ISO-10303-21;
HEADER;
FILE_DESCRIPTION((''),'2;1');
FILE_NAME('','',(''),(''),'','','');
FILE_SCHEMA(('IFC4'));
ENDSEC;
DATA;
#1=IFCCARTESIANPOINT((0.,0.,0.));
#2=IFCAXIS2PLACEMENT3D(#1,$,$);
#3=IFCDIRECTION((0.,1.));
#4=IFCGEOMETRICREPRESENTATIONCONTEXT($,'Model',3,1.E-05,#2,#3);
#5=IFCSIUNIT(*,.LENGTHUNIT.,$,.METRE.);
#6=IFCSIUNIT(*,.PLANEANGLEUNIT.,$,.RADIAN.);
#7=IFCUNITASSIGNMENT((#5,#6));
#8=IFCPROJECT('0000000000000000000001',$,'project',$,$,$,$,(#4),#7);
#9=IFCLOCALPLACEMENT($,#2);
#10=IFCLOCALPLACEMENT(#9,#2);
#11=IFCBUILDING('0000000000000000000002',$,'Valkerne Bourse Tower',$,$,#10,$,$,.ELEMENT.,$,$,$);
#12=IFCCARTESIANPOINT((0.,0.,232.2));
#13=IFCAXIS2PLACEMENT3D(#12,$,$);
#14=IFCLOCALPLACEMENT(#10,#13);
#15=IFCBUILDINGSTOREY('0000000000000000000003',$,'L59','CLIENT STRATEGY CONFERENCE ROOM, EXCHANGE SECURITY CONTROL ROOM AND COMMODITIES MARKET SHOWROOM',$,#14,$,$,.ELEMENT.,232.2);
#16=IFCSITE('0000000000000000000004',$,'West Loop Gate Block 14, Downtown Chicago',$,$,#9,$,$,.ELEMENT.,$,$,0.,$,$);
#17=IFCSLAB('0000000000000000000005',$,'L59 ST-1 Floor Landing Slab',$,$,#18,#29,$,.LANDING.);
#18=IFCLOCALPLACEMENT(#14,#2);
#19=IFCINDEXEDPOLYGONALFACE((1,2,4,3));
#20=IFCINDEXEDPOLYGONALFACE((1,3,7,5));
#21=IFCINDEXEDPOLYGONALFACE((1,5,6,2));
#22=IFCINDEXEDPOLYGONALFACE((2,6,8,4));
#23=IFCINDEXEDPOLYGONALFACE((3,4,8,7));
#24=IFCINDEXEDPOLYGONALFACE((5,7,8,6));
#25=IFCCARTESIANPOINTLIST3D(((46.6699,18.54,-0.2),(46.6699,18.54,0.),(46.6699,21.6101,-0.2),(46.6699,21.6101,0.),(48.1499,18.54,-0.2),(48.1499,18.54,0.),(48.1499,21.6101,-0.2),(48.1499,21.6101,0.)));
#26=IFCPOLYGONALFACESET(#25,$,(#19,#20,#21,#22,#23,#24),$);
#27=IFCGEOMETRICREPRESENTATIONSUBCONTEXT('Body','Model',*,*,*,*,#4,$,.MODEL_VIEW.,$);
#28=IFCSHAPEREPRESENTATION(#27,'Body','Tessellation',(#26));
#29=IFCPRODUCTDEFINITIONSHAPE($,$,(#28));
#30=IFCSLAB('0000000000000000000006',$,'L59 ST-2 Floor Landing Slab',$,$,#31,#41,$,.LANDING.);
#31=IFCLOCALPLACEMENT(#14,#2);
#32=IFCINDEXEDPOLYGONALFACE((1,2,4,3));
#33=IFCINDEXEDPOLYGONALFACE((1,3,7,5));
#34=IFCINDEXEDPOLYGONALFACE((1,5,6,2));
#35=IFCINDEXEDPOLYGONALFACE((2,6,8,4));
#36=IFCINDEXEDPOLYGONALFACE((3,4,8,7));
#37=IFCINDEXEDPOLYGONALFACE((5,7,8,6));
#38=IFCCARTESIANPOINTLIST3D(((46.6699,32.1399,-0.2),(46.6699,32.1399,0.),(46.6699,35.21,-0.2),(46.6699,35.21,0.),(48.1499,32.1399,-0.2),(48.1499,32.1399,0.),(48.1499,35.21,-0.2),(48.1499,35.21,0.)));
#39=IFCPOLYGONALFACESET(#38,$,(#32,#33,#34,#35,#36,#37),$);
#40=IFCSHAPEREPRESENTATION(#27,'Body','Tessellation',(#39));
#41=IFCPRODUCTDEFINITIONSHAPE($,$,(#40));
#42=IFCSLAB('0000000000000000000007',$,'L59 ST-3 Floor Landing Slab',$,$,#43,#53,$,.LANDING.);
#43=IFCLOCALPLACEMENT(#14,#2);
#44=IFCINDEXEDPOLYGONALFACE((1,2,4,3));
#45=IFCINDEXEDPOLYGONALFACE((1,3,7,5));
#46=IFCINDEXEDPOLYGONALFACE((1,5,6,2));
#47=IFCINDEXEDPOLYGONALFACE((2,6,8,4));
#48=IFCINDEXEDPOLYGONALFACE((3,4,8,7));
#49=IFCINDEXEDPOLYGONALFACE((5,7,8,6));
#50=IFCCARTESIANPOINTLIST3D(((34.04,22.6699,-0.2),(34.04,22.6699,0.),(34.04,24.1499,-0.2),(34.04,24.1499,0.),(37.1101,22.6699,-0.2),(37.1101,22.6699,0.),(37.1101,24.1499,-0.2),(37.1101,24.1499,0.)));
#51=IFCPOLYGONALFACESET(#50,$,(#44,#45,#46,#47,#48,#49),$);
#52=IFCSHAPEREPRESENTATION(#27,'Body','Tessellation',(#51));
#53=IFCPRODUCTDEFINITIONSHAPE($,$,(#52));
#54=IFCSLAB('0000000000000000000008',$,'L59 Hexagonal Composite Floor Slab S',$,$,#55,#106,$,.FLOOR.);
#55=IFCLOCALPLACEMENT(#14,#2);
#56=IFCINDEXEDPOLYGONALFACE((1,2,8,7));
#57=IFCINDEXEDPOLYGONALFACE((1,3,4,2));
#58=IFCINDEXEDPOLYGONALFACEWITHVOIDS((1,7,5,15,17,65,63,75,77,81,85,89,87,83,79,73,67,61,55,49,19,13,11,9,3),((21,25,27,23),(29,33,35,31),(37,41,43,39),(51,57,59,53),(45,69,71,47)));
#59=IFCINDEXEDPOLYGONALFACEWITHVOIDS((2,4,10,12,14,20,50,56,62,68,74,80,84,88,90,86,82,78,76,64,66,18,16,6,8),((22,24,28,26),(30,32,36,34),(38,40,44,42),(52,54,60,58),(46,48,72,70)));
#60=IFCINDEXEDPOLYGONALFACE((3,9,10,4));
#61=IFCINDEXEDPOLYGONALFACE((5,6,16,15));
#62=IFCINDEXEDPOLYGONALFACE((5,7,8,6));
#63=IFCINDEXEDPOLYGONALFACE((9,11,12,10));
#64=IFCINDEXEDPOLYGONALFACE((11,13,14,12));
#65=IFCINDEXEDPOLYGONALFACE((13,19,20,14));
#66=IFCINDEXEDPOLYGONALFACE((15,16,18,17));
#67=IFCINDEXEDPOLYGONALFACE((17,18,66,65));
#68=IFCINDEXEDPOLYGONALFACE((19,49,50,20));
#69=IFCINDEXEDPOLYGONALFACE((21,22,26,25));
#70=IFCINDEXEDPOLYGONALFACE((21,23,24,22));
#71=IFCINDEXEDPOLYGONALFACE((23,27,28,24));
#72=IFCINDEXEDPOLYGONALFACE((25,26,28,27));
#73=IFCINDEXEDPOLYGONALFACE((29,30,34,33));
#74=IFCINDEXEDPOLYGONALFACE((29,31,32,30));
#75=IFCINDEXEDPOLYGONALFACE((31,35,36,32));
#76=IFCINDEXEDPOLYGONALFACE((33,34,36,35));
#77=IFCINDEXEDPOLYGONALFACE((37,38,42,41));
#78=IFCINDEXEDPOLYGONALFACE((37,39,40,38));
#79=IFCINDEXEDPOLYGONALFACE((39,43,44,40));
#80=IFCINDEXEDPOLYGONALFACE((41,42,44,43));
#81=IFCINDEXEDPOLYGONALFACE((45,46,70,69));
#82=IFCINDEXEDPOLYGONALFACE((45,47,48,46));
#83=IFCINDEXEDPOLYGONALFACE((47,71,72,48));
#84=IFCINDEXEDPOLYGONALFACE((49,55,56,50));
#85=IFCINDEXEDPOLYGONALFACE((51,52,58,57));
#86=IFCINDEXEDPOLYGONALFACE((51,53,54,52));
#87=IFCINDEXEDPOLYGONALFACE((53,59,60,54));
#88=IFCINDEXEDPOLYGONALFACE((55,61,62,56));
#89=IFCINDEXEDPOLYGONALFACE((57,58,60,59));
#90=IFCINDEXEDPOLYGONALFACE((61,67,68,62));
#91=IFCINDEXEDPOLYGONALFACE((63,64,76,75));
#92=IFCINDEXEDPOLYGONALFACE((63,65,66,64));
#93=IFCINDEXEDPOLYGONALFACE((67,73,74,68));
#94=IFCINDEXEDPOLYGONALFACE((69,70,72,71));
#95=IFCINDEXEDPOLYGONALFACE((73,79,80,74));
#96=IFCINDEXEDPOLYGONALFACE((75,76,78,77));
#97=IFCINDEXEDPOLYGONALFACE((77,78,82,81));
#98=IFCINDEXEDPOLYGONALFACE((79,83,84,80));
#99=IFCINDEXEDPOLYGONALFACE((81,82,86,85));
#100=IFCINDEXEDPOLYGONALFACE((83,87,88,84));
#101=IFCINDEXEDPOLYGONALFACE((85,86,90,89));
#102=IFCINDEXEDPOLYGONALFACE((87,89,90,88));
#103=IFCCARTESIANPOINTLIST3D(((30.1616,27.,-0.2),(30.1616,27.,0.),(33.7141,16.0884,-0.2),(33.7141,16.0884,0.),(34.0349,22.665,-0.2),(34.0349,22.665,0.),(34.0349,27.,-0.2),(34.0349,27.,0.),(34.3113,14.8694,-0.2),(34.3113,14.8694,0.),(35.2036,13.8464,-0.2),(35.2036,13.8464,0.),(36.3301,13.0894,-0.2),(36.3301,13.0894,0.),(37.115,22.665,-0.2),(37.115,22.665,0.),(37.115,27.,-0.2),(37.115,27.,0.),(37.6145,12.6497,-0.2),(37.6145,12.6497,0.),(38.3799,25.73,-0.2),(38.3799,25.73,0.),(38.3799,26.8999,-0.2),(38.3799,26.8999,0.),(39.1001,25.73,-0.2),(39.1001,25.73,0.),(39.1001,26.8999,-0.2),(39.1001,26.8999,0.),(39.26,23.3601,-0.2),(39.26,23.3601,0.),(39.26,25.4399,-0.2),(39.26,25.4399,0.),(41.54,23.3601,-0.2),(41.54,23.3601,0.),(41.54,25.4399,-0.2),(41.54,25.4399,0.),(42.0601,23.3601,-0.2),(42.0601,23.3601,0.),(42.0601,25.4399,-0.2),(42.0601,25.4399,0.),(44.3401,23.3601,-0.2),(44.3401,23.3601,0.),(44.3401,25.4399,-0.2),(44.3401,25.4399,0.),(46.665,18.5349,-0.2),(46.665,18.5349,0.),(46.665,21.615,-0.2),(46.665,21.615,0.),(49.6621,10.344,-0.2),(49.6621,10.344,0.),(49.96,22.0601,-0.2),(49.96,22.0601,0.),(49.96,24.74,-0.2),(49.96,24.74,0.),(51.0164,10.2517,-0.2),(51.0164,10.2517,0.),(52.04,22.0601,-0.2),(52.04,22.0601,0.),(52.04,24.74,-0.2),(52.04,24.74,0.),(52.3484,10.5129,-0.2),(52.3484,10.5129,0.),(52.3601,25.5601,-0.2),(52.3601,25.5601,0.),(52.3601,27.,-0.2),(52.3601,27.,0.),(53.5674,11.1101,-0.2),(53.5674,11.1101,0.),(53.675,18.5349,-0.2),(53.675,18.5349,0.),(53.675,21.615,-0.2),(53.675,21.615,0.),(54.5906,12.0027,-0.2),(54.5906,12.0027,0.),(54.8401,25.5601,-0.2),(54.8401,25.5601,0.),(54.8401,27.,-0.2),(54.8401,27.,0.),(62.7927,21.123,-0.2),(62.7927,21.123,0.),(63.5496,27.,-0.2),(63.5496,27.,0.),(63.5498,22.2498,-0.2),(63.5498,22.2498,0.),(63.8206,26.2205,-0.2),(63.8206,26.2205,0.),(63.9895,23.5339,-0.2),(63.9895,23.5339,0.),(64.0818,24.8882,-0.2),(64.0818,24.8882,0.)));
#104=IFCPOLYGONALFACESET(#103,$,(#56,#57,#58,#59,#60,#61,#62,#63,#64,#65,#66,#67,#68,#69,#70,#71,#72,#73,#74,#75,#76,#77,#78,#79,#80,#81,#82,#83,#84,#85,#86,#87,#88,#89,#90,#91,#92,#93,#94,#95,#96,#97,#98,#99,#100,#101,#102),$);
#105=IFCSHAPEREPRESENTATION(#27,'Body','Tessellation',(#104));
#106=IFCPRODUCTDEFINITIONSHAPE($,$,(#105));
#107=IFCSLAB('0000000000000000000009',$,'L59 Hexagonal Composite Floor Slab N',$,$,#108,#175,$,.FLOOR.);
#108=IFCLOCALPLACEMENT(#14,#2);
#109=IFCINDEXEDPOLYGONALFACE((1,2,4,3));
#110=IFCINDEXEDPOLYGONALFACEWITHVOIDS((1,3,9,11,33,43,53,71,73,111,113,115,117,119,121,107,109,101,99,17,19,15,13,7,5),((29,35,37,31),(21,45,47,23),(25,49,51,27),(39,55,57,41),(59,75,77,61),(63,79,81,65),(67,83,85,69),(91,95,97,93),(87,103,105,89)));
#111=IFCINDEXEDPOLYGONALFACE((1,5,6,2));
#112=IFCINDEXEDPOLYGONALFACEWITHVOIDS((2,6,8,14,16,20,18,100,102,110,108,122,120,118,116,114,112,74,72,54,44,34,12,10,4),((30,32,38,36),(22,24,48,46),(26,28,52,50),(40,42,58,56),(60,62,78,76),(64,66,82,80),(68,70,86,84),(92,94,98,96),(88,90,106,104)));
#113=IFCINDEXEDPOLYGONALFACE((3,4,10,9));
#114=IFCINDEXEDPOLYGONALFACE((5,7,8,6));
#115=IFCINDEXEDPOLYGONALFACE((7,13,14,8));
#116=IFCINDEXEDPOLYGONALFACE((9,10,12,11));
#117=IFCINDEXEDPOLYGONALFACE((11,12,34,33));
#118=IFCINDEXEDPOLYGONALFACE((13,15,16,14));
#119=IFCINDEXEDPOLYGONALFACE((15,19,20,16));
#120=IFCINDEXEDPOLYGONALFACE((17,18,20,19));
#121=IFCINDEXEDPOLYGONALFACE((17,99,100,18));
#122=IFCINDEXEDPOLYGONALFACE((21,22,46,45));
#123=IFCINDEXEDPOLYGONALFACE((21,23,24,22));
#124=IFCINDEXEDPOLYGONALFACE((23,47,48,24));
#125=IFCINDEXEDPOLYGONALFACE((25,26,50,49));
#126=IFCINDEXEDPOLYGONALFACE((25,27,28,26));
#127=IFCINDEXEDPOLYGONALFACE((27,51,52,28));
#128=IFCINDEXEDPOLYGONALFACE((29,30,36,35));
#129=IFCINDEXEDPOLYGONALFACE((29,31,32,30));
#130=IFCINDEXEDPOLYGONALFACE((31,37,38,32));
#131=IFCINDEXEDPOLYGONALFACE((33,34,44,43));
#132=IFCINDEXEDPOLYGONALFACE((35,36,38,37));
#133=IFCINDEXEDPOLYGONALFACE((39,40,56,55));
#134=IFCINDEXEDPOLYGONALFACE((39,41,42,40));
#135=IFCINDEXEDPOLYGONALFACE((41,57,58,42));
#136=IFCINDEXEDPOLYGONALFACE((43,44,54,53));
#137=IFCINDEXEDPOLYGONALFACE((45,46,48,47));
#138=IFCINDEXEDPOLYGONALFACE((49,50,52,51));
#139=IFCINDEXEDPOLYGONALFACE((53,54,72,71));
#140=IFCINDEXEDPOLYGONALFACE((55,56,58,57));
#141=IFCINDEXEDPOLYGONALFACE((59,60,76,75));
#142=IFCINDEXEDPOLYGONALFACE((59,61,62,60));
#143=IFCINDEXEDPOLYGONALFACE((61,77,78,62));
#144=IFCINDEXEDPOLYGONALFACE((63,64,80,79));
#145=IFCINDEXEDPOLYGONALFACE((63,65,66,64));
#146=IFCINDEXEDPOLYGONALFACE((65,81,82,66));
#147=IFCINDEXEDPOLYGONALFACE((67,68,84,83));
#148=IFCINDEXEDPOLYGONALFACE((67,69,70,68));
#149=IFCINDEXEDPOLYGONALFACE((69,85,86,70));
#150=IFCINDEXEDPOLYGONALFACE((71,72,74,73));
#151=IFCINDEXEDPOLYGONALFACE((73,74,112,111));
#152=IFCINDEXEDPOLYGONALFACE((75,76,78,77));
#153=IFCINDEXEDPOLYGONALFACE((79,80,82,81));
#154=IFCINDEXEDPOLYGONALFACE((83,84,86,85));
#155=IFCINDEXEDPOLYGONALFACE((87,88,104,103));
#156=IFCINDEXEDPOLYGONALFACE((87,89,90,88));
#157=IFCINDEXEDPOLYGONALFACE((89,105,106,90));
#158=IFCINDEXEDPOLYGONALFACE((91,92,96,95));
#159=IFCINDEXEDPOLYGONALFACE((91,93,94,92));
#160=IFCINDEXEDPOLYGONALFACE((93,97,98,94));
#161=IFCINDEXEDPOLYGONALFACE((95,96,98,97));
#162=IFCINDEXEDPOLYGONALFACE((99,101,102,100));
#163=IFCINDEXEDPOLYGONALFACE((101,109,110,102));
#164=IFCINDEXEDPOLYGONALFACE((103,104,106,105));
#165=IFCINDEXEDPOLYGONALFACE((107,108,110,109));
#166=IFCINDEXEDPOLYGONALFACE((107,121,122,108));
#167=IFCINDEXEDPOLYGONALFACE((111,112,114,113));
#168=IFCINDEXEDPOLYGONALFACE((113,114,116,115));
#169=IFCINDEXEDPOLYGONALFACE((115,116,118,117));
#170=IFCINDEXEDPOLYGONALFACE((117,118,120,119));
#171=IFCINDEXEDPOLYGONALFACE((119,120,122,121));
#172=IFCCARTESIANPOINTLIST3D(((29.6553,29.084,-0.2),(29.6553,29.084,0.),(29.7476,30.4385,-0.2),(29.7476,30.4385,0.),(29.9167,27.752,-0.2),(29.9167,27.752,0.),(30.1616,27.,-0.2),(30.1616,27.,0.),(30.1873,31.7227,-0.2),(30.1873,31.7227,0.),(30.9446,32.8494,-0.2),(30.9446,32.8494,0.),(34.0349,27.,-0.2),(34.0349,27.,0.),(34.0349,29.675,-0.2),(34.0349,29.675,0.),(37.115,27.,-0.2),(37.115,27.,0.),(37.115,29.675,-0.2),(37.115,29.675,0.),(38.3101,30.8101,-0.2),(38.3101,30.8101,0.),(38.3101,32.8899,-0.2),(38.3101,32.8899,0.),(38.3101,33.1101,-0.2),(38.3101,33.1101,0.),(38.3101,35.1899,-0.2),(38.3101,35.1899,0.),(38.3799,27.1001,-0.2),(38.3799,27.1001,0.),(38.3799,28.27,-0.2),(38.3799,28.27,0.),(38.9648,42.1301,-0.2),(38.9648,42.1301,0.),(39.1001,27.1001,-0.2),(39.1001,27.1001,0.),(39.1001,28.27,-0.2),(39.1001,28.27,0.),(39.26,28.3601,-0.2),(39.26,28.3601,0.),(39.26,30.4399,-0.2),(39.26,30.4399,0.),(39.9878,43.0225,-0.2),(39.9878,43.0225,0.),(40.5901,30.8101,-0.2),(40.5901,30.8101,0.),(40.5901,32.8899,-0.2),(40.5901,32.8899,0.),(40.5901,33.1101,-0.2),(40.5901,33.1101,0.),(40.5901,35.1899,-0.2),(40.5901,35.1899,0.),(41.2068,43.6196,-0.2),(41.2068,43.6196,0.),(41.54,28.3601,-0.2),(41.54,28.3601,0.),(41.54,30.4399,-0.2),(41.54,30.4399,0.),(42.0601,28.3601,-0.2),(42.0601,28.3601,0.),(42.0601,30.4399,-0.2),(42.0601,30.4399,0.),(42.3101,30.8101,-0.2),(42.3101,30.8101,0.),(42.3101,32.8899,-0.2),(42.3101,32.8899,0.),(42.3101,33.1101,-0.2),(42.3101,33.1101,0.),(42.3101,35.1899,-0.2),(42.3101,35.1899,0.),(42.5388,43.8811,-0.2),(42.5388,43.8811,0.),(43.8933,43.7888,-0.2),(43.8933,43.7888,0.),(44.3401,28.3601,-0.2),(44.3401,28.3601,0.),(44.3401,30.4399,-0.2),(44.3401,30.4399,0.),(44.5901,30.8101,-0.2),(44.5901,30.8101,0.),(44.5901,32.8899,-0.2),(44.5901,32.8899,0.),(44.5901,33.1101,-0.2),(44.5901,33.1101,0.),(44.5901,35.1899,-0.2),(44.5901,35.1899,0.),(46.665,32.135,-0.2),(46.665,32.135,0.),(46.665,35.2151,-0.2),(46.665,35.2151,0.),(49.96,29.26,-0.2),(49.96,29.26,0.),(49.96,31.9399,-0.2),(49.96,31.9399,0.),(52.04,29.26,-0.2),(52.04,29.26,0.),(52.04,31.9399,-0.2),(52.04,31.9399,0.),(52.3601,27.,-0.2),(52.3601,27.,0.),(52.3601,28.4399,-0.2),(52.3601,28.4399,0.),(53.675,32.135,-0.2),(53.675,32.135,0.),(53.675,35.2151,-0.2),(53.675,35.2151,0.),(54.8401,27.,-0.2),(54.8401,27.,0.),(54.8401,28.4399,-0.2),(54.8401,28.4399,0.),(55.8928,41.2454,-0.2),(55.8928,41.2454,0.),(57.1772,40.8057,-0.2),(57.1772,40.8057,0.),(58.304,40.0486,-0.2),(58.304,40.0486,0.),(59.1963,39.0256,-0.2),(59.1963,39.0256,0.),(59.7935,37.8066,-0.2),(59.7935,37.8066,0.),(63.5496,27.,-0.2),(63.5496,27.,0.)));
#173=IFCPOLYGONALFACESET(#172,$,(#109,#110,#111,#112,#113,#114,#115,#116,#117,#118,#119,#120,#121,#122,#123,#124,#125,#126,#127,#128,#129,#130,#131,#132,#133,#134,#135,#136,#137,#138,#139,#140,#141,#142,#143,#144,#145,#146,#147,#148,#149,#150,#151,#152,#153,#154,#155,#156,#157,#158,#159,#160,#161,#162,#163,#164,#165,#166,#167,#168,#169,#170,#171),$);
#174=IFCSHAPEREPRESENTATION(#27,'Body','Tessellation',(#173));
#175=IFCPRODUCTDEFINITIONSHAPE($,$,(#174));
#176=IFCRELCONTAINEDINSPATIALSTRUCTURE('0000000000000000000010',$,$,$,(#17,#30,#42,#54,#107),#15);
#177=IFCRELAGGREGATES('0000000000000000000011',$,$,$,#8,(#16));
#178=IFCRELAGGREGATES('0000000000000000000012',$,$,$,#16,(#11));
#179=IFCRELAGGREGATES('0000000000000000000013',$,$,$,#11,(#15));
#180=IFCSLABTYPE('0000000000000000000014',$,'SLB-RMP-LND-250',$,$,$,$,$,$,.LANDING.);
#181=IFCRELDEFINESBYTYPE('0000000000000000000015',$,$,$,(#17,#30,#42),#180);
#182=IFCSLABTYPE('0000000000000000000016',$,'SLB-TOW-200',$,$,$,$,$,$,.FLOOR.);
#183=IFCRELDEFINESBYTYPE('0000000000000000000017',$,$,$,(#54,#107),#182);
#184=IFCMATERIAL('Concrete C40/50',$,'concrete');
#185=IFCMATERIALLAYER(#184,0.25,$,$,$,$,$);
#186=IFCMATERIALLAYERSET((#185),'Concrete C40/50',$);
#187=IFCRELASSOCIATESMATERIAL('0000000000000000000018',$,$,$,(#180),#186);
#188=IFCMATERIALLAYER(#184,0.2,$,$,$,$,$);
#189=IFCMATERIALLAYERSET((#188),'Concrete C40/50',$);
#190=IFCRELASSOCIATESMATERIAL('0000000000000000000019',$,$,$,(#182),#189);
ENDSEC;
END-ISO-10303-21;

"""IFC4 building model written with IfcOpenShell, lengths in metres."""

from ifc_helpers import new_model, si_unit, direction, frame, origin, place, context, subcontext, project, spatial, polyline, outline, extrude, material, layer, layer_set, type_object, element, save


model = new_model("IFC4")

# Units and contexts
model_context = context("Model", 3, precision=1e-05, world=origin(), true_north=direction((0.0, 1.0)))
body_context = subcontext(model_context, "Body", "Model", "MODEL_VIEW")
ifc_project = project(units=[si_unit("LENGTHUNIT", "METRE"), si_unit("PLANEANGLEUNIT", "RADIAN")], contexts=[model_context])

# Site, building, storey
site_placement = place(None, origin())
site = spatial("IfcSite", under=ifc_project, at=site_placement, Name="West Loop Gate Block 14, Downtown Chicago", CompositionType="ELEMENT", RefElevation=0.0)
building_placement = place(site_placement, origin())
building = spatial("IfcBuilding", under=site, at=building_placement, Name="Valkerne Bourse Tower", CompositionType="ELEMENT")
storey_placement = place(building_placement, frame((0.0, 0.0, 232.2)))
storey = spatial("IfcBuildingStorey", under=building, at=storey_placement, Name="L59", Description="CLIENT STRATEGY CONFERENCE ROOM, EXCHANGE SECURITY CONTROL ROOM AND COMMODITIES MARKET SHOWROOM", CompositionType="ELEMENT", Elevation=232.2)

# Slabs
ifc_material_1 = material(Name="Concrete C40/50", Category="concrete")
ifc_layer_1 = layer(ifc_material_1, 0.25)
ifc_layer_set_1 = layer_set([ifc_layer_1], Name="Concrete C40/50")
slab_type_1 = type_object("IfcSlabType", Name="SLB-RMP-LND-250", PredefinedType="LANDING", material=ifc_layer_set_1)
slab_1_placement = place(storey_placement, frame((0.0, 0.0, -0.2)))
element("IfcSlab", 1, at=slab_1_placement, inside=storey, type_object=slab_type_1, Name="L59 ST-1 Floor Landing Slab", PredefinedType="LANDING", context=body_context, shape_type="SweptSolid", body=[
    extrude(outline(polyline([(46.6699, 18.54), (48.1499, 18.54), (48.1499, 21.6101), (46.6699, 21.6101), (46.6699, 18.54)])), origin(), (0.0, 0.0, 1.0), 0.2),
])
slab_2_placement = place(storey_placement, frame((0.0, 0.0, -0.2)))
element("IfcSlab", 2, at=slab_2_placement, inside=storey, type_object=slab_type_1, Name="L59 ST-2 Floor Landing Slab", PredefinedType="LANDING", context=body_context, shape_type="SweptSolid", body=[
    extrude(outline(polyline([(46.6699, 32.1399), (48.1499, 32.1399), (48.1499, 35.21), (46.6699, 35.21), (46.6699, 32.1399)])), origin(), (0.0, 0.0, 1.0), 0.2),
])
slab_3_placement = place(storey_placement, frame((0.0, 0.0, -0.2)))
element("IfcSlab", 3, at=slab_3_placement, inside=storey, type_object=slab_type_1, Name="L59 ST-3 Floor Landing Slab", PredefinedType="LANDING", context=body_context, shape_type="SweptSolid", body=[
    extrude(outline(polyline([(37.1101, 22.6699), (37.1101, 24.1499), (34.04, 24.1499), (34.04, 22.6699), (37.1101, 22.6699)])), origin(), (0.0, 0.0, 1.0), 0.2),
])
ifc_layer_2 = layer(ifc_material_1, 0.2)
ifc_layer_set_2 = layer_set([ifc_layer_2], Name="Concrete C40/50")
slab_type_2 = type_object("IfcSlabType", Name="SLB-TOW-200", PredefinedType="FLOOR", material=ifc_layer_set_2)
slab_4_placement = place(storey_placement, frame((0.0, 0.0, -0.2)))
element("IfcSlab", 4, at=slab_4_placement, inside=storey, type_object=slab_type_2, Name="L59 Hexagonal Composite Floor Slab S", PredefinedType="FLOOR", context=body_context, shape_type="SweptSolid", body=[
    extrude(outline(polyline([(64.0818, 24.8882), (63.9895, 23.5339), (63.5498, 22.2498), (62.7927, 21.123), (54.5906, 12.0027), (53.5674, 11.1101), (52.3484, 10.5129), (51.0164, 10.2517), (49.6621, 10.344), (37.6145, 12.6497), (36.3301, 13.0894), (35.2036, 13.8464), (34.3113, 14.8694), (33.7141, 16.0884), (30.1616, 27.0), (34.0349, 27.0), (34.0349, 22.665), (37.115, 22.665), (37.115, 27.0), (52.3601, 27.0), (52.3601, 25.5601), (54.8401, 25.5601), (54.8401, 27.0), (63.5496, 27.0), (63.8206, 26.2205), (64.0818, 24.8882)]), holes=[polyline([(41.54, 25.4399), (39.26, 25.4399), (39.26, 23.3601), (41.54, 23.3601), (41.54, 25.4399)]), polyline([(44.3401, 25.4399), (42.0601, 25.4399), (42.0601, 23.3601), (44.3401, 23.3601), (44.3401, 25.4399)]), polyline([(39.1001, 26.8999), (38.3799, 26.8999), (38.3799, 25.73), (39.1001, 25.73), (39.1001, 26.8999)]), polyline([(53.675, 21.615), (46.665, 21.615), (46.665, 18.5349), (53.675, 18.5349), (53.675, 21.615)]), polyline([(52.04, 24.74), (49.96, 24.74), (49.96, 22.0601), (52.04, 22.0601), (52.04, 24.74)])]), origin(), (0.0, 0.0, 1.0), 0.2),
])
slab_5_placement = place(storey_placement, frame((0.0, 0.0, -0.2)))
element("IfcSlab", 5, at=slab_5_placement, inside=storey, type_object=slab_type_2, Name="L59 Hexagonal Composite Floor Slab N", PredefinedType="FLOOR", context=body_context, shape_type="SweptSolid", body=[
    extrude(outline(polyline([(29.9167, 27.752), (29.6553, 29.084), (29.7476, 30.4385), (30.1873, 31.7227), (30.9446, 32.8494), (38.9648, 42.1301), (39.9878, 43.0225), (41.2068, 43.6196), (42.5388, 43.8811), (43.8933, 43.7888), (55.8928, 41.2454), (57.1772, 40.8057), (58.304, 40.0486), (59.1963, 39.0256), (59.7935, 37.8066), (63.5496, 27.0), (54.8401, 27.0), (54.8401, 28.4399), (52.3601, 28.4399), (52.3601, 27.0), (37.115, 27.0), (37.115, 29.675), (34.0349, 29.675), (34.0349, 27.0), (30.1616, 27.0), (29.9167, 27.752)]), holes=[polyline([(39.1001, 28.27), (38.3799, 28.27), (38.3799, 27.1001), (39.1001, 27.1001), (39.1001, 28.27)]), polyline([(41.54, 30.4399), (39.26, 30.4399), (39.26, 28.3601), (41.54, 28.3601), (41.54, 30.4399)]), polyline([(40.5901, 32.8899), (38.3101, 32.8899), (38.3101, 30.8101), (40.5901, 30.8101), (40.5901, 32.8899)]), polyline([(40.5901, 35.1899), (38.3101, 35.1899), (38.3101, 33.1101), (40.5901, 33.1101), (40.5901, 35.1899)]), polyline([(44.3401, 30.4399), (42.0601, 30.4399), (42.0601, 28.3601), (44.3401, 28.3601), (44.3401, 30.4399)]), polyline([(52.04, 31.9399), (49.96, 31.9399), (49.96, 29.26), (52.04, 29.26), (52.04, 31.9399)]), polyline([(44.5901, 32.8899), (42.3101, 32.8899), (42.3101, 30.8101), (44.5901, 30.8101), (44.5901, 32.8899)]), polyline([(53.675, 35.2151), (46.665, 35.2151), (46.665, 32.135), (53.675, 32.135), (53.675, 35.2151)]), polyline([(44.5901, 35.1899), (42.3101, 35.1899), (42.3101, 33.1101), (44.5901, 33.1101), (44.5901, 35.1899)])]), origin(), (0.0, 0.0, 1.0), 0.2),
])

save(model, "model.ifc")
